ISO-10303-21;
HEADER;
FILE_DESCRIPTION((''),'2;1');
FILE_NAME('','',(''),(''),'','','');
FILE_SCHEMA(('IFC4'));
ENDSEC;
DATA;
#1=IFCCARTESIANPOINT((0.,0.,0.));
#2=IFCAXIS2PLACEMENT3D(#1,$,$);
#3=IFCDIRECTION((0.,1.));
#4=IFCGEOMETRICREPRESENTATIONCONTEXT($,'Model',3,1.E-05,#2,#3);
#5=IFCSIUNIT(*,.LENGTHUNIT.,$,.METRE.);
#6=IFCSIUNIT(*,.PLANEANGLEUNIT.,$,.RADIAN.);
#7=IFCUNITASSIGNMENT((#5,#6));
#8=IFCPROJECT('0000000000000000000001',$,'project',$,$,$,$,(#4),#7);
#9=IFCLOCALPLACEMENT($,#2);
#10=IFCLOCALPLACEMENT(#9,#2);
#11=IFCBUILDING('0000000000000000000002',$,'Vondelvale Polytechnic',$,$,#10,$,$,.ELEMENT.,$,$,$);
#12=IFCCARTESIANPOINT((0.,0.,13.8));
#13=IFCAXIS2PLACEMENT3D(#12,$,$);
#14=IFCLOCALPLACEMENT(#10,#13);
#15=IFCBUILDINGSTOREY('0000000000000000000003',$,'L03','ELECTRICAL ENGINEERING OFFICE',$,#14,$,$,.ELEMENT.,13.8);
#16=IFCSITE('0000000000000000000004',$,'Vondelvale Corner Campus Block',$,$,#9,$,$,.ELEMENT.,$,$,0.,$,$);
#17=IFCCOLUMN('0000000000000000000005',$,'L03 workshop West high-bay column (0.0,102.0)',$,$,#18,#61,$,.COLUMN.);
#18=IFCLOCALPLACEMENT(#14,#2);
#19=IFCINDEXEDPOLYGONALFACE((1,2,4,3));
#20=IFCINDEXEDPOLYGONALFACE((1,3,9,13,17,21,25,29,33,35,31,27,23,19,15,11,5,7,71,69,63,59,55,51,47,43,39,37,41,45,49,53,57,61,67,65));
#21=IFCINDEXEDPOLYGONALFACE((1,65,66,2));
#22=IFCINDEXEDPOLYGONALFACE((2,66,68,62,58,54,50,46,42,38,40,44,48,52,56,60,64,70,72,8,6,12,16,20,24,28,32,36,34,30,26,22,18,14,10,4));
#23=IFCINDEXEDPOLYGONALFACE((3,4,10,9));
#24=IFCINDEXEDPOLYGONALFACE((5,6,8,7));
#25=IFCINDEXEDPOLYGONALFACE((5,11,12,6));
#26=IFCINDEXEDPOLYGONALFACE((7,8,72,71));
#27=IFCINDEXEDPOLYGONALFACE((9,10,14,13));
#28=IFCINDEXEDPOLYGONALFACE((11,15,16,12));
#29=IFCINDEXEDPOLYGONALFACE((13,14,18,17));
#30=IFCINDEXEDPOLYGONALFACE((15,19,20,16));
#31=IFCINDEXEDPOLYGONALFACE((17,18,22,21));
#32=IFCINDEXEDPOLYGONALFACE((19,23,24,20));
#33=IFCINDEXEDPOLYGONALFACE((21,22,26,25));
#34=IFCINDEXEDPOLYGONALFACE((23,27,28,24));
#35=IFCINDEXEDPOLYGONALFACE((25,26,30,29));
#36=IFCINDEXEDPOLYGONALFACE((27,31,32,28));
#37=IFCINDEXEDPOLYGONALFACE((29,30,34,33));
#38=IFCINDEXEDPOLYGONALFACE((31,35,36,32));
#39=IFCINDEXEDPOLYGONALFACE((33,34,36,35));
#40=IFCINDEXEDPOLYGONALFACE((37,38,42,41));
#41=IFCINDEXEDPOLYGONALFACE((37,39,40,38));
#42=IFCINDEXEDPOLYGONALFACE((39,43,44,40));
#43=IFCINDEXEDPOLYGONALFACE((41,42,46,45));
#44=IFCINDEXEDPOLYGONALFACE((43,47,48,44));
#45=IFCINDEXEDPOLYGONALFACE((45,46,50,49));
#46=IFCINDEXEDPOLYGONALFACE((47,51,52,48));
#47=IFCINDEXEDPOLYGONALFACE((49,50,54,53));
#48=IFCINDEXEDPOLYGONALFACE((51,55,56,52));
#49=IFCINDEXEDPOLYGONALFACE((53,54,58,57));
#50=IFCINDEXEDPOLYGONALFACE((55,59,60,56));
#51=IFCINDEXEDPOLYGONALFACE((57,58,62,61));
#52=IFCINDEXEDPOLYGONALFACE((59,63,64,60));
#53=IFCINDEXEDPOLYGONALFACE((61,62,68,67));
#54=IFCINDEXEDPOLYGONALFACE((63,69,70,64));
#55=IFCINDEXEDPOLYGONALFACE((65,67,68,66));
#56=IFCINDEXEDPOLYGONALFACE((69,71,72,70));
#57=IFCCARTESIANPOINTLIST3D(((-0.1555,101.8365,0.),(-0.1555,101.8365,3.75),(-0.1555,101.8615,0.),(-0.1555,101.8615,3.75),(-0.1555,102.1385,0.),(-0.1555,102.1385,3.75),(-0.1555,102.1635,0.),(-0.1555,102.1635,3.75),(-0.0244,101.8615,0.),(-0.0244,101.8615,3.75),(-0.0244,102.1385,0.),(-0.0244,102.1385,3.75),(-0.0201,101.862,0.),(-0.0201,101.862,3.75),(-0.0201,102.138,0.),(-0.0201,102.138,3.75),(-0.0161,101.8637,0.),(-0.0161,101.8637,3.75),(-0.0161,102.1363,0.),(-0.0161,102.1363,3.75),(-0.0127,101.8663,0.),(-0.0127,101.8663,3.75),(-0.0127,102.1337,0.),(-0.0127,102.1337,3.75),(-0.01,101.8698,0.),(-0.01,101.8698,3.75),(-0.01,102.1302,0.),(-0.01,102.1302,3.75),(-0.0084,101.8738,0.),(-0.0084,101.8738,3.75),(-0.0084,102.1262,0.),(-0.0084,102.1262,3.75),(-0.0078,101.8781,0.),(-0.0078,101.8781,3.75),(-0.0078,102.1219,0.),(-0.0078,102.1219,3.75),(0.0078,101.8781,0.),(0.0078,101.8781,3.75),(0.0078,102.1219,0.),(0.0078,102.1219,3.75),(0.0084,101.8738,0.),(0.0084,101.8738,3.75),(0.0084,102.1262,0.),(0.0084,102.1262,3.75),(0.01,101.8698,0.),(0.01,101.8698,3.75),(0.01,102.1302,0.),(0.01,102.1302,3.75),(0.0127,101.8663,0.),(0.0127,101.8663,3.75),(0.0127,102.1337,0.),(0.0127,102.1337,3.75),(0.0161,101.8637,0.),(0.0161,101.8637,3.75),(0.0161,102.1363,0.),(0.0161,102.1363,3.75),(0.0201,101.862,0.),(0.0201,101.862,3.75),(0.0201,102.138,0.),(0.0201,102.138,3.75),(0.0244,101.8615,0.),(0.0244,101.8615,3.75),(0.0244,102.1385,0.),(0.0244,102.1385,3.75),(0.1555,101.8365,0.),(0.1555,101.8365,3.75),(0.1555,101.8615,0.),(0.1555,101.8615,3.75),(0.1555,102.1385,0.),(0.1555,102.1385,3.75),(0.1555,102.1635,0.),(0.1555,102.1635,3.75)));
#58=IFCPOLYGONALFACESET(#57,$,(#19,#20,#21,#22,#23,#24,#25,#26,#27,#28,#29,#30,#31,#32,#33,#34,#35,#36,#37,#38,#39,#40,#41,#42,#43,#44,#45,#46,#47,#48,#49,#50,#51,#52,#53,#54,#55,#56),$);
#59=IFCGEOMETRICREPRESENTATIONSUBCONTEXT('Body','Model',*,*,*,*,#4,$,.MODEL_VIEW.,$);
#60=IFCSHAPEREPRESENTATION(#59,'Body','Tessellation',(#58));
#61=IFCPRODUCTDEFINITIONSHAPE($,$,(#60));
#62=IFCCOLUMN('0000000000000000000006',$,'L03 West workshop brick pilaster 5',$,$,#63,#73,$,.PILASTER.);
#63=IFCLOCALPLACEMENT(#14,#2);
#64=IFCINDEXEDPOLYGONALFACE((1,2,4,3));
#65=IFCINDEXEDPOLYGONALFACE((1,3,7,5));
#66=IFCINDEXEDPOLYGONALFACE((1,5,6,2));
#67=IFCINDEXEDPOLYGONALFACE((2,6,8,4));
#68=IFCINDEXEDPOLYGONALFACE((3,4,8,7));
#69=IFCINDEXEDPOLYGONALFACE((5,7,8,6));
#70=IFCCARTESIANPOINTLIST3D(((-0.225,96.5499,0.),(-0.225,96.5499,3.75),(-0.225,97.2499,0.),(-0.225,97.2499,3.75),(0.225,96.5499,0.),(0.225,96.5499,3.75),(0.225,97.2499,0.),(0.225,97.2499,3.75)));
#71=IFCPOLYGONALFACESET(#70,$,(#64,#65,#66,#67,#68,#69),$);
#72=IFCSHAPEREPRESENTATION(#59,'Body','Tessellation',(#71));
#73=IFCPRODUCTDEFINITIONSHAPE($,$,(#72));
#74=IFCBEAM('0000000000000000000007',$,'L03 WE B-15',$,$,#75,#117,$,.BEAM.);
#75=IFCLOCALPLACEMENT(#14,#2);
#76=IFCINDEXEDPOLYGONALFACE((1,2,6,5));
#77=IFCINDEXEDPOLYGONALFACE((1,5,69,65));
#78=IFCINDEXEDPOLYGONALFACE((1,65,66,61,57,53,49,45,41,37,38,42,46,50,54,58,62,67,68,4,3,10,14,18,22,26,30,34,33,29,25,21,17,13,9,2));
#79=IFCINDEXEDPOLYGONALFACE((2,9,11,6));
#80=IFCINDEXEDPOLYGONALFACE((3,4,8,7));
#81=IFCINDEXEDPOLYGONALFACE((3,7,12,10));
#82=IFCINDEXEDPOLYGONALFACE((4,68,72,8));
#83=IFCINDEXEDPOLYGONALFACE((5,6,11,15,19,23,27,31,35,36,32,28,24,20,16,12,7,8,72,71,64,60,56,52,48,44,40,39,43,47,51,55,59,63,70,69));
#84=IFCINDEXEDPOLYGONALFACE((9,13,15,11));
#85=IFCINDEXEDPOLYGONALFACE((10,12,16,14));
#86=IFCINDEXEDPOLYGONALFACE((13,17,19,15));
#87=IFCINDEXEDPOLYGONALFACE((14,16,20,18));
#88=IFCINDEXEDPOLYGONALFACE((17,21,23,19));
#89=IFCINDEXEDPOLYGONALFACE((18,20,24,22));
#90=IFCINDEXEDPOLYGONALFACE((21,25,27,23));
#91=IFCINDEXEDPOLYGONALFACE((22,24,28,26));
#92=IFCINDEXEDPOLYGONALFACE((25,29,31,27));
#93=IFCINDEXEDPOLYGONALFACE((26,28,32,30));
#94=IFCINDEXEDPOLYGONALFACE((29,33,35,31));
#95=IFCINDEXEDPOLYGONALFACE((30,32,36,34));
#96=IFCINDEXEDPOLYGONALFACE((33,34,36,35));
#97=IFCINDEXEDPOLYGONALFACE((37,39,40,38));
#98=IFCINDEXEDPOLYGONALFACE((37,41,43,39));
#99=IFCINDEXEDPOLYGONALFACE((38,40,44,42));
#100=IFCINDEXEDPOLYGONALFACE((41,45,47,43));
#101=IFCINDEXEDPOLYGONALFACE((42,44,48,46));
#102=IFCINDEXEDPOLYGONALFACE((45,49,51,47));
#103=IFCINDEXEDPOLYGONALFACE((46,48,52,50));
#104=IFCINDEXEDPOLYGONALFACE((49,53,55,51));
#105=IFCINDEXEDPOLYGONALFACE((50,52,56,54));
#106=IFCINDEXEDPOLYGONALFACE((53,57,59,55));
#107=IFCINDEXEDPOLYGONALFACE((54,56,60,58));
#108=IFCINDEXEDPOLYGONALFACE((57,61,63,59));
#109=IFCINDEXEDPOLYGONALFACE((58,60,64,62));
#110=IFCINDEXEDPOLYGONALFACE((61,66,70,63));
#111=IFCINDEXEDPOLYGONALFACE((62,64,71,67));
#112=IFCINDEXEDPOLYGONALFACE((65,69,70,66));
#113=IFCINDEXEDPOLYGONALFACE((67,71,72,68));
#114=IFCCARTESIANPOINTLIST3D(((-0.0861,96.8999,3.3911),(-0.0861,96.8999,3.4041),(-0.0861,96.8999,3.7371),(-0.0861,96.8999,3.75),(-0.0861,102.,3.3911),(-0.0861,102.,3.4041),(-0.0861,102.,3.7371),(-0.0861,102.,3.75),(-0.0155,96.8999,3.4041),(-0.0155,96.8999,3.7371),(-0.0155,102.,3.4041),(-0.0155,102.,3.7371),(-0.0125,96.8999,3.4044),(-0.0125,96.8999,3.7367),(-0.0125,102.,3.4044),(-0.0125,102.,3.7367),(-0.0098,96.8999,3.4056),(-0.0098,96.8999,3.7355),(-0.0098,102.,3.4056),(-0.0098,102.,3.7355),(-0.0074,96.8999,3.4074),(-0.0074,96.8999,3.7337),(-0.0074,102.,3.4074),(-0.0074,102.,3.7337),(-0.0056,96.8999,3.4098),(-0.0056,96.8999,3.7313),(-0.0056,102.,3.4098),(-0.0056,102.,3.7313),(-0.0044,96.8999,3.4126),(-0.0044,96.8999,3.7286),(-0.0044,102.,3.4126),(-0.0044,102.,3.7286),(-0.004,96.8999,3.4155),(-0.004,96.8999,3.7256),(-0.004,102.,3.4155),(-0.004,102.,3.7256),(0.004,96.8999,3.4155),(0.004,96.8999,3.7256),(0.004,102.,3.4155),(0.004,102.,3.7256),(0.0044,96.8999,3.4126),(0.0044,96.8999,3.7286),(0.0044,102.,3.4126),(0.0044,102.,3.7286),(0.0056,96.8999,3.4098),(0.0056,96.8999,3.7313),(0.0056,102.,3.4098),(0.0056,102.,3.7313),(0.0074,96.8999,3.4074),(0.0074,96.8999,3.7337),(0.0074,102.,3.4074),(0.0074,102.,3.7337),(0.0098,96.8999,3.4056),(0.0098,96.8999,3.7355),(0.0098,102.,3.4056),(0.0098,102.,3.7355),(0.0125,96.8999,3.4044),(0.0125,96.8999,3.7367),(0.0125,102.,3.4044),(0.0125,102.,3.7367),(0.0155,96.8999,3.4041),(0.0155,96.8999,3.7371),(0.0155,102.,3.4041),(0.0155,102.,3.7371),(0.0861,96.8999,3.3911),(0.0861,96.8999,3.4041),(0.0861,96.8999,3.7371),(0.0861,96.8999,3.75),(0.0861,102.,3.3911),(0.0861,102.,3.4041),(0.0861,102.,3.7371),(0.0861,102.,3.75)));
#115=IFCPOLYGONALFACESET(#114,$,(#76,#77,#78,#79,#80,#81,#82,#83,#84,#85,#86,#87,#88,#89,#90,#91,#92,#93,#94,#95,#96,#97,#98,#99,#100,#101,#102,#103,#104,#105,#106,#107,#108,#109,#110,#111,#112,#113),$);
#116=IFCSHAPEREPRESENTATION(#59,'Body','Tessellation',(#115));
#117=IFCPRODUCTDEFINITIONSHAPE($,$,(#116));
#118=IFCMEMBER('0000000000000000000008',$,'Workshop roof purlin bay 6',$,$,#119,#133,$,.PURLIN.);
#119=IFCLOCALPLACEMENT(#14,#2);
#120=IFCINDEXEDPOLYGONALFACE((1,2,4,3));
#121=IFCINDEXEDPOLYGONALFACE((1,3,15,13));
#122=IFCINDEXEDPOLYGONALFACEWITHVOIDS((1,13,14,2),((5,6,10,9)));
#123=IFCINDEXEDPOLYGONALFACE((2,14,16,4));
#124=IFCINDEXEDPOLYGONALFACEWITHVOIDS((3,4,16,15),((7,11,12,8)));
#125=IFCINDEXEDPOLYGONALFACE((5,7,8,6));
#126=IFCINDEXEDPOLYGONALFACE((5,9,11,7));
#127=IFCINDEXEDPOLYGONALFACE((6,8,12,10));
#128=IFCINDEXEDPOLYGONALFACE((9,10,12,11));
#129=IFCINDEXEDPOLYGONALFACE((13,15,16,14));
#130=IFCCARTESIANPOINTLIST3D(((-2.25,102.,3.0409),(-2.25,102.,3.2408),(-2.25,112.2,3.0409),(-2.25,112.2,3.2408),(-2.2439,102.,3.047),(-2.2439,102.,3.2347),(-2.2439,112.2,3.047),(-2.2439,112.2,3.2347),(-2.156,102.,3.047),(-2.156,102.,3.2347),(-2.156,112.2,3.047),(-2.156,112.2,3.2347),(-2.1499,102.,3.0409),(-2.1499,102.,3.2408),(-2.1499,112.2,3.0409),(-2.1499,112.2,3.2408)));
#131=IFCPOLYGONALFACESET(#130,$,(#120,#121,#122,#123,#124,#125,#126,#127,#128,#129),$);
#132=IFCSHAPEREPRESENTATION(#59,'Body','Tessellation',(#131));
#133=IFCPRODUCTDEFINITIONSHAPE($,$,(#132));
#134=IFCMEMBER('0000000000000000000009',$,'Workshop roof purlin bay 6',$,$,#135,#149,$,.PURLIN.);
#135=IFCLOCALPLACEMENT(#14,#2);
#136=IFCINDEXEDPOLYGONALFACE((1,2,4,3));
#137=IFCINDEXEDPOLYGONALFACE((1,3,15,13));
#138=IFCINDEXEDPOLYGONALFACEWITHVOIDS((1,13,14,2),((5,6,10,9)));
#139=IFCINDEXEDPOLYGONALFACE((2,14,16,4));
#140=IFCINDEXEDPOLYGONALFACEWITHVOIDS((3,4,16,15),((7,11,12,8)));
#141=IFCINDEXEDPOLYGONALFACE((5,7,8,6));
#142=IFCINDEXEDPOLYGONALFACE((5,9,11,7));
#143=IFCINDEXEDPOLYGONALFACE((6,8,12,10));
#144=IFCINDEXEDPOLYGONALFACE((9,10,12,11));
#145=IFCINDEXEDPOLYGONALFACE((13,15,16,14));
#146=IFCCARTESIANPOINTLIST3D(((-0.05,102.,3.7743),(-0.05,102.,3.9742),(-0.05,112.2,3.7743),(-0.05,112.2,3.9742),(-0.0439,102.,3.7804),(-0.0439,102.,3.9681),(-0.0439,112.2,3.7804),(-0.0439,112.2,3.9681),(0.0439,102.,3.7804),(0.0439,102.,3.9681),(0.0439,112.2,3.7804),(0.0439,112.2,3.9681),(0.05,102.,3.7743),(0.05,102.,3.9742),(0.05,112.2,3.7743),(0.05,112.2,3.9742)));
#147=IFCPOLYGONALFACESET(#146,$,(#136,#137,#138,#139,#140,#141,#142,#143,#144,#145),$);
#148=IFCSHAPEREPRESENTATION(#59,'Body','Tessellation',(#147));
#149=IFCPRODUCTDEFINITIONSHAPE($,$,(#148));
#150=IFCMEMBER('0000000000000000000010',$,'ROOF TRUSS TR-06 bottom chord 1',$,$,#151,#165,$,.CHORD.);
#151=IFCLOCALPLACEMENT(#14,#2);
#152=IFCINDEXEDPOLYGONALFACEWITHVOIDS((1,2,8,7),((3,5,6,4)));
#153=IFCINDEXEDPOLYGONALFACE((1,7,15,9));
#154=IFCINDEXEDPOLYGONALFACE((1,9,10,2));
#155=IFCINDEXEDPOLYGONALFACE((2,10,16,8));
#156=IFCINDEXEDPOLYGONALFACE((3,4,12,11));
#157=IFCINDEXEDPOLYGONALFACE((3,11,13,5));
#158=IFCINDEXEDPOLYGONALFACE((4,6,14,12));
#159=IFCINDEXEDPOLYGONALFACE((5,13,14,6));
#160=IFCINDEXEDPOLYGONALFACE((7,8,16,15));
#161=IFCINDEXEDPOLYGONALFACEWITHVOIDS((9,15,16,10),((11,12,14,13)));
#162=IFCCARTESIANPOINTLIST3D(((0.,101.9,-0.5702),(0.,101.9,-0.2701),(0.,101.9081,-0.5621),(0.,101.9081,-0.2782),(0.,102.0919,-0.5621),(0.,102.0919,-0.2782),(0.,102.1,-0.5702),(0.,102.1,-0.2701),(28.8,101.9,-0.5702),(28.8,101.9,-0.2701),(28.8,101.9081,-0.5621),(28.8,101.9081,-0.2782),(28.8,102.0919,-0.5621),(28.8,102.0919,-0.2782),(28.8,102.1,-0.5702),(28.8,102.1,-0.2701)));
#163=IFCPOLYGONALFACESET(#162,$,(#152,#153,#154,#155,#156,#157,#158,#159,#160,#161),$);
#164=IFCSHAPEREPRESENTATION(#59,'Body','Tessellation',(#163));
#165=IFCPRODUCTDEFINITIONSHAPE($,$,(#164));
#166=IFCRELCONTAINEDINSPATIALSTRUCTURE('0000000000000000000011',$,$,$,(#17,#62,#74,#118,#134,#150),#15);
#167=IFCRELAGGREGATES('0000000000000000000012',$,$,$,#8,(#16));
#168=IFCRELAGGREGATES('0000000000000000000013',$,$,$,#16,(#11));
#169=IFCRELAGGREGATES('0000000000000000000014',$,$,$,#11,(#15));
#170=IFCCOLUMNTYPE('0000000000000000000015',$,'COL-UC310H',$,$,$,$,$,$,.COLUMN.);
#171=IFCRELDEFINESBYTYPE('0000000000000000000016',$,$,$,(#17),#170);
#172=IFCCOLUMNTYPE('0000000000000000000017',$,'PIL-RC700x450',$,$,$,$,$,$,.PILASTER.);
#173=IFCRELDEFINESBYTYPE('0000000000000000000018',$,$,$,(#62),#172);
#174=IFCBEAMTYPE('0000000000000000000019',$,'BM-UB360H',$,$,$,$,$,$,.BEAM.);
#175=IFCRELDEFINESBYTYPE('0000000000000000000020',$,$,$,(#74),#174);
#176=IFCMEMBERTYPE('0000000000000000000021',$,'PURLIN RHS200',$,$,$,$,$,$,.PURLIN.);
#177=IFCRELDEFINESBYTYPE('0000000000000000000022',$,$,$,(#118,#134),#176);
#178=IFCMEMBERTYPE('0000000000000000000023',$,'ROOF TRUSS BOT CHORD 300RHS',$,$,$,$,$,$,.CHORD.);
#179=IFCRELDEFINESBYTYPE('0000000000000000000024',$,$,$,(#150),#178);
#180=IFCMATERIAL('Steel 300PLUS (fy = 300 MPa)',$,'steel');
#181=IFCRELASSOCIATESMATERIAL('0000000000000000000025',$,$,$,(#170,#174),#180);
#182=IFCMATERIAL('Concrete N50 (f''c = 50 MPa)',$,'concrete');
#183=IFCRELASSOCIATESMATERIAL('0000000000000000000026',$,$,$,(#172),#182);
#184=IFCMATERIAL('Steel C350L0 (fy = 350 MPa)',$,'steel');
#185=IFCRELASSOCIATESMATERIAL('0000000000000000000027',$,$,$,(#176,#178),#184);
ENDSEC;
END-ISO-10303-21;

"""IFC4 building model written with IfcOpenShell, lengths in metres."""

from ifc_helpers import new_model, si_unit, direction, frame, origin, origin_2d, place, context, subcontext, project, spatial, rectangle, hollow_rectangle, i_section, extrude, material, material_profile, profile_set, type_object, element, save


model = new_model("IFC4")

# Units and contexts
model_context = context("Model", 3, precision=1e-05, world=origin(), true_north=direction((0.0, 1.0)))
body_context = subcontext(model_context, "Body", "Model", "MODEL_VIEW")
ifc_project = project(units=[si_unit("LENGTHUNIT", "METRE"), si_unit("PLANEANGLEUNIT", "RADIAN")], contexts=[model_context])

# Site, building, storey
site_placement = place(None, origin())
site = spatial("IfcSite", under=ifc_project, at=site_placement, Name="Vondelvale Corner Campus Block", CompositionType="ELEMENT", RefElevation=0.0)
building_placement = place(site_placement, origin())
building = spatial("IfcBuilding", under=site, at=building_placement, Name="Vondelvale Polytechnic", CompositionType="ELEMENT")
storey_placement = place(building_placement, frame((0.0, 0.0, 13.8)))
storey = spatial("IfcBuildingStorey", under=building, at=storey_placement, Name="L03", Description="ELECTRICAL ENGINEERING OFFICE", CompositionType="ELEMENT", Elevation=13.8)

# Columns
ifc_material_1 = material(Name="Steel 300PLUS (fy = 300 MPa)", Category="steel")
ifc_material_profile_1 = material_profile(ifc_material_1, i_section(OverallWidth=0.311, OverallDepth=0.3269, WebThickness=0.0156, FlangeThickness=0.0249, FilletRadius=0.0166, at=origin_2d()), Name="310UC158")
ifc_profile_set_1 = profile_set([ifc_material_profile_1], Name="Steel 300PLUS (fy = 300 MPa)")
column_type_1 = type_object("IfcColumnType", Name="COL-UC310H", PredefinedType="COLUMN", material=ifc_profile_set_1)
column_1_placement = place(storey_placement, frame((0.0, 102.0, 0.0), z_axis=(0.0, 0.0, 1.0), x_axis=(1.0, 0.0, 0.0)))
element("IfcColumn", 1, at=column_1_placement, inside=storey, type_object=column_type_1, Name="L03 workshop West high-bay column (0.0,102.0)", PredefinedType="COLUMN", context=body_context, shape_type="SweptSolid", body=[
    extrude(i_section(OverallWidth=0.311, OverallDepth=0.3269, WebThickness=0.0156, FlangeThickness=0.0249, FilletRadius=0.0166, at=origin_2d()), origin(), (0.0, 0.0, 1.0), 3.75),
])
ifc_material_2 = material(Name="Concrete N50 (f'c = 50 MPa)", Category="concrete")
ifc_material_profile_2 = material_profile(ifc_material_2, rectangle(XDim=0.45, YDim=0.7, at=origin_2d()), Name="RC-PIL-700x450")
ifc_profile_set_2 = profile_set([ifc_material_profile_2], Name="Concrete N50 (f'c = 50 MPa)")
column_type_2 = type_object("IfcColumnType", Name="PIL-RC700x450", PredefinedType="PILASTER", material=ifc_profile_set_2)
column_2_placement = place(storey_placement, frame((0.0, 96.8999, 0.0), z_axis=(0.0, 0.0, 1.0), x_axis=(1.0, 0.0, 0.0)))
element("IfcColumn", 2, at=column_2_placement, inside=storey, type_object=column_type_2, Name="L03 West workshop brick pilaster 5", PredefinedType="PILASTER", context=body_context, shape_type="SweptSolid", body=[
    extrude(rectangle(XDim=0.45, YDim=0.7, at=origin_2d()), origin(), (0.0, 0.0, 1.0), 3.75),
])

# Beam
ifc_material_profile_3 = material_profile(ifc_material_1, i_section(OverallWidth=0.1721, OverallDepth=0.3589, WebThickness=0.0081, FlangeThickness=0.0129, FilletRadius=0.0115, at=origin_2d()), Name="360UB56.7")
ifc_profile_set_3 = profile_set([ifc_material_profile_3], Name="Steel 300PLUS (fy = 300 MPa)")
beam_type = type_object("IfcBeamType", Name="BM-UB360H", PredefinedType="BEAM", material=ifc_profile_set_3)
beam_placement = place(storey_placement, frame((0.0, 96.8999, 3.5706), z_axis=(0.0, 1.0, 0.0), x_axis=(-1.0, 0.0, 0.0)))
element("IfcBeam", 3, at=beam_placement, inside=storey, type_object=beam_type, Name="L03 WE B-15", PredefinedType="BEAM", context=body_context, shape_type="SweptSolid", body=[
    extrude(i_section(OverallWidth=0.1721, OverallDepth=0.3589, WebThickness=0.0081, FlangeThickness=0.0129, FilletRadius=0.0115, at=origin_2d()), origin(), (0.0, 0.0, 1.0), 5.1001),
])

# Members
ifc_material_3 = material(Name="Steel C350L0 (fy = 350 MPa)", Category="steel")
ifc_material_profile_4 = material_profile(ifc_material_3, hollow_rectangle(XDim=0.1001, YDim=0.2, WallThickness=0.0061, at=origin_2d()), Name="200x100x6.0RHS")
ifc_profile_set_4 = profile_set([ifc_material_profile_4], Name="Steel C350L0 (fy = 350 MPa)")
member_type_1 = type_object("IfcMemberType", Name="PURLIN RHS200", PredefinedType="PURLIN", material=ifc_profile_set_4)
for number, where, z_axis, x_axis, name in (
    (4, (-2.2, 102.0, 3.1409), (0.0, 1.0, 0.0), (-1.0, 0.0, 0.0), "Workshop roof purlin bay 6"),
    (5, (0.0, 102.0, 3.8743), (0.0, 1.0, 0.0), (-1.0, 0.0, 0.0), "Workshop roof purlin bay 6"),
):
    element("IfcMember", number, at=place(storey_placement, frame(where, z_axis=z_axis, x_axis=x_axis)), inside=storey, type_object=member_type_1, Name=name, PredefinedType="PURLIN", context=body_context, shape_type="SweptSolid", body=[
        extrude(hollow_rectangle(XDim=0.1001, YDim=0.2, WallThickness=0.0061, at=origin_2d()), origin(), (0.0, 0.0, 1.0), 10.2),
    ])
ifc_material_profile_5 = material_profile(ifc_material_3, hollow_rectangle(XDim=0.2, YDim=0.3, WallThickness=0.0081, at=origin_2d()), Name="300x200x8.0RHS")
ifc_profile_set_5 = profile_set([ifc_material_profile_5], Name="Steel C350L0 (fy = 350 MPa)")
member_type_2 = type_object("IfcMemberType", Name="ROOF TRUSS BOT CHORD 300RHS", PredefinedType="CHORD", material=ifc_profile_set_5)
member_1_placement = place(storey_placement, frame((0.0, 102.0, -0.4202), z_axis=(1.0, 0.0, 0.0), x_axis=(0.0, 1.0, 0.0)))
element("IfcMember", 6, at=member_1_placement, inside=storey, type_object=member_type_2, Name="ROOF TRUSS TR-06 bottom chord 1", PredefinedType="CHORD", context=body_context, shape_type="SweptSolid", body=[
    extrude(hollow_rectangle(XDim=0.2, YDim=0.3, WallThickness=0.0081, at=origin_2d()), origin(), (0.0, 0.0, 1.0), 28.8),
])

save(model, "model.ifc")
